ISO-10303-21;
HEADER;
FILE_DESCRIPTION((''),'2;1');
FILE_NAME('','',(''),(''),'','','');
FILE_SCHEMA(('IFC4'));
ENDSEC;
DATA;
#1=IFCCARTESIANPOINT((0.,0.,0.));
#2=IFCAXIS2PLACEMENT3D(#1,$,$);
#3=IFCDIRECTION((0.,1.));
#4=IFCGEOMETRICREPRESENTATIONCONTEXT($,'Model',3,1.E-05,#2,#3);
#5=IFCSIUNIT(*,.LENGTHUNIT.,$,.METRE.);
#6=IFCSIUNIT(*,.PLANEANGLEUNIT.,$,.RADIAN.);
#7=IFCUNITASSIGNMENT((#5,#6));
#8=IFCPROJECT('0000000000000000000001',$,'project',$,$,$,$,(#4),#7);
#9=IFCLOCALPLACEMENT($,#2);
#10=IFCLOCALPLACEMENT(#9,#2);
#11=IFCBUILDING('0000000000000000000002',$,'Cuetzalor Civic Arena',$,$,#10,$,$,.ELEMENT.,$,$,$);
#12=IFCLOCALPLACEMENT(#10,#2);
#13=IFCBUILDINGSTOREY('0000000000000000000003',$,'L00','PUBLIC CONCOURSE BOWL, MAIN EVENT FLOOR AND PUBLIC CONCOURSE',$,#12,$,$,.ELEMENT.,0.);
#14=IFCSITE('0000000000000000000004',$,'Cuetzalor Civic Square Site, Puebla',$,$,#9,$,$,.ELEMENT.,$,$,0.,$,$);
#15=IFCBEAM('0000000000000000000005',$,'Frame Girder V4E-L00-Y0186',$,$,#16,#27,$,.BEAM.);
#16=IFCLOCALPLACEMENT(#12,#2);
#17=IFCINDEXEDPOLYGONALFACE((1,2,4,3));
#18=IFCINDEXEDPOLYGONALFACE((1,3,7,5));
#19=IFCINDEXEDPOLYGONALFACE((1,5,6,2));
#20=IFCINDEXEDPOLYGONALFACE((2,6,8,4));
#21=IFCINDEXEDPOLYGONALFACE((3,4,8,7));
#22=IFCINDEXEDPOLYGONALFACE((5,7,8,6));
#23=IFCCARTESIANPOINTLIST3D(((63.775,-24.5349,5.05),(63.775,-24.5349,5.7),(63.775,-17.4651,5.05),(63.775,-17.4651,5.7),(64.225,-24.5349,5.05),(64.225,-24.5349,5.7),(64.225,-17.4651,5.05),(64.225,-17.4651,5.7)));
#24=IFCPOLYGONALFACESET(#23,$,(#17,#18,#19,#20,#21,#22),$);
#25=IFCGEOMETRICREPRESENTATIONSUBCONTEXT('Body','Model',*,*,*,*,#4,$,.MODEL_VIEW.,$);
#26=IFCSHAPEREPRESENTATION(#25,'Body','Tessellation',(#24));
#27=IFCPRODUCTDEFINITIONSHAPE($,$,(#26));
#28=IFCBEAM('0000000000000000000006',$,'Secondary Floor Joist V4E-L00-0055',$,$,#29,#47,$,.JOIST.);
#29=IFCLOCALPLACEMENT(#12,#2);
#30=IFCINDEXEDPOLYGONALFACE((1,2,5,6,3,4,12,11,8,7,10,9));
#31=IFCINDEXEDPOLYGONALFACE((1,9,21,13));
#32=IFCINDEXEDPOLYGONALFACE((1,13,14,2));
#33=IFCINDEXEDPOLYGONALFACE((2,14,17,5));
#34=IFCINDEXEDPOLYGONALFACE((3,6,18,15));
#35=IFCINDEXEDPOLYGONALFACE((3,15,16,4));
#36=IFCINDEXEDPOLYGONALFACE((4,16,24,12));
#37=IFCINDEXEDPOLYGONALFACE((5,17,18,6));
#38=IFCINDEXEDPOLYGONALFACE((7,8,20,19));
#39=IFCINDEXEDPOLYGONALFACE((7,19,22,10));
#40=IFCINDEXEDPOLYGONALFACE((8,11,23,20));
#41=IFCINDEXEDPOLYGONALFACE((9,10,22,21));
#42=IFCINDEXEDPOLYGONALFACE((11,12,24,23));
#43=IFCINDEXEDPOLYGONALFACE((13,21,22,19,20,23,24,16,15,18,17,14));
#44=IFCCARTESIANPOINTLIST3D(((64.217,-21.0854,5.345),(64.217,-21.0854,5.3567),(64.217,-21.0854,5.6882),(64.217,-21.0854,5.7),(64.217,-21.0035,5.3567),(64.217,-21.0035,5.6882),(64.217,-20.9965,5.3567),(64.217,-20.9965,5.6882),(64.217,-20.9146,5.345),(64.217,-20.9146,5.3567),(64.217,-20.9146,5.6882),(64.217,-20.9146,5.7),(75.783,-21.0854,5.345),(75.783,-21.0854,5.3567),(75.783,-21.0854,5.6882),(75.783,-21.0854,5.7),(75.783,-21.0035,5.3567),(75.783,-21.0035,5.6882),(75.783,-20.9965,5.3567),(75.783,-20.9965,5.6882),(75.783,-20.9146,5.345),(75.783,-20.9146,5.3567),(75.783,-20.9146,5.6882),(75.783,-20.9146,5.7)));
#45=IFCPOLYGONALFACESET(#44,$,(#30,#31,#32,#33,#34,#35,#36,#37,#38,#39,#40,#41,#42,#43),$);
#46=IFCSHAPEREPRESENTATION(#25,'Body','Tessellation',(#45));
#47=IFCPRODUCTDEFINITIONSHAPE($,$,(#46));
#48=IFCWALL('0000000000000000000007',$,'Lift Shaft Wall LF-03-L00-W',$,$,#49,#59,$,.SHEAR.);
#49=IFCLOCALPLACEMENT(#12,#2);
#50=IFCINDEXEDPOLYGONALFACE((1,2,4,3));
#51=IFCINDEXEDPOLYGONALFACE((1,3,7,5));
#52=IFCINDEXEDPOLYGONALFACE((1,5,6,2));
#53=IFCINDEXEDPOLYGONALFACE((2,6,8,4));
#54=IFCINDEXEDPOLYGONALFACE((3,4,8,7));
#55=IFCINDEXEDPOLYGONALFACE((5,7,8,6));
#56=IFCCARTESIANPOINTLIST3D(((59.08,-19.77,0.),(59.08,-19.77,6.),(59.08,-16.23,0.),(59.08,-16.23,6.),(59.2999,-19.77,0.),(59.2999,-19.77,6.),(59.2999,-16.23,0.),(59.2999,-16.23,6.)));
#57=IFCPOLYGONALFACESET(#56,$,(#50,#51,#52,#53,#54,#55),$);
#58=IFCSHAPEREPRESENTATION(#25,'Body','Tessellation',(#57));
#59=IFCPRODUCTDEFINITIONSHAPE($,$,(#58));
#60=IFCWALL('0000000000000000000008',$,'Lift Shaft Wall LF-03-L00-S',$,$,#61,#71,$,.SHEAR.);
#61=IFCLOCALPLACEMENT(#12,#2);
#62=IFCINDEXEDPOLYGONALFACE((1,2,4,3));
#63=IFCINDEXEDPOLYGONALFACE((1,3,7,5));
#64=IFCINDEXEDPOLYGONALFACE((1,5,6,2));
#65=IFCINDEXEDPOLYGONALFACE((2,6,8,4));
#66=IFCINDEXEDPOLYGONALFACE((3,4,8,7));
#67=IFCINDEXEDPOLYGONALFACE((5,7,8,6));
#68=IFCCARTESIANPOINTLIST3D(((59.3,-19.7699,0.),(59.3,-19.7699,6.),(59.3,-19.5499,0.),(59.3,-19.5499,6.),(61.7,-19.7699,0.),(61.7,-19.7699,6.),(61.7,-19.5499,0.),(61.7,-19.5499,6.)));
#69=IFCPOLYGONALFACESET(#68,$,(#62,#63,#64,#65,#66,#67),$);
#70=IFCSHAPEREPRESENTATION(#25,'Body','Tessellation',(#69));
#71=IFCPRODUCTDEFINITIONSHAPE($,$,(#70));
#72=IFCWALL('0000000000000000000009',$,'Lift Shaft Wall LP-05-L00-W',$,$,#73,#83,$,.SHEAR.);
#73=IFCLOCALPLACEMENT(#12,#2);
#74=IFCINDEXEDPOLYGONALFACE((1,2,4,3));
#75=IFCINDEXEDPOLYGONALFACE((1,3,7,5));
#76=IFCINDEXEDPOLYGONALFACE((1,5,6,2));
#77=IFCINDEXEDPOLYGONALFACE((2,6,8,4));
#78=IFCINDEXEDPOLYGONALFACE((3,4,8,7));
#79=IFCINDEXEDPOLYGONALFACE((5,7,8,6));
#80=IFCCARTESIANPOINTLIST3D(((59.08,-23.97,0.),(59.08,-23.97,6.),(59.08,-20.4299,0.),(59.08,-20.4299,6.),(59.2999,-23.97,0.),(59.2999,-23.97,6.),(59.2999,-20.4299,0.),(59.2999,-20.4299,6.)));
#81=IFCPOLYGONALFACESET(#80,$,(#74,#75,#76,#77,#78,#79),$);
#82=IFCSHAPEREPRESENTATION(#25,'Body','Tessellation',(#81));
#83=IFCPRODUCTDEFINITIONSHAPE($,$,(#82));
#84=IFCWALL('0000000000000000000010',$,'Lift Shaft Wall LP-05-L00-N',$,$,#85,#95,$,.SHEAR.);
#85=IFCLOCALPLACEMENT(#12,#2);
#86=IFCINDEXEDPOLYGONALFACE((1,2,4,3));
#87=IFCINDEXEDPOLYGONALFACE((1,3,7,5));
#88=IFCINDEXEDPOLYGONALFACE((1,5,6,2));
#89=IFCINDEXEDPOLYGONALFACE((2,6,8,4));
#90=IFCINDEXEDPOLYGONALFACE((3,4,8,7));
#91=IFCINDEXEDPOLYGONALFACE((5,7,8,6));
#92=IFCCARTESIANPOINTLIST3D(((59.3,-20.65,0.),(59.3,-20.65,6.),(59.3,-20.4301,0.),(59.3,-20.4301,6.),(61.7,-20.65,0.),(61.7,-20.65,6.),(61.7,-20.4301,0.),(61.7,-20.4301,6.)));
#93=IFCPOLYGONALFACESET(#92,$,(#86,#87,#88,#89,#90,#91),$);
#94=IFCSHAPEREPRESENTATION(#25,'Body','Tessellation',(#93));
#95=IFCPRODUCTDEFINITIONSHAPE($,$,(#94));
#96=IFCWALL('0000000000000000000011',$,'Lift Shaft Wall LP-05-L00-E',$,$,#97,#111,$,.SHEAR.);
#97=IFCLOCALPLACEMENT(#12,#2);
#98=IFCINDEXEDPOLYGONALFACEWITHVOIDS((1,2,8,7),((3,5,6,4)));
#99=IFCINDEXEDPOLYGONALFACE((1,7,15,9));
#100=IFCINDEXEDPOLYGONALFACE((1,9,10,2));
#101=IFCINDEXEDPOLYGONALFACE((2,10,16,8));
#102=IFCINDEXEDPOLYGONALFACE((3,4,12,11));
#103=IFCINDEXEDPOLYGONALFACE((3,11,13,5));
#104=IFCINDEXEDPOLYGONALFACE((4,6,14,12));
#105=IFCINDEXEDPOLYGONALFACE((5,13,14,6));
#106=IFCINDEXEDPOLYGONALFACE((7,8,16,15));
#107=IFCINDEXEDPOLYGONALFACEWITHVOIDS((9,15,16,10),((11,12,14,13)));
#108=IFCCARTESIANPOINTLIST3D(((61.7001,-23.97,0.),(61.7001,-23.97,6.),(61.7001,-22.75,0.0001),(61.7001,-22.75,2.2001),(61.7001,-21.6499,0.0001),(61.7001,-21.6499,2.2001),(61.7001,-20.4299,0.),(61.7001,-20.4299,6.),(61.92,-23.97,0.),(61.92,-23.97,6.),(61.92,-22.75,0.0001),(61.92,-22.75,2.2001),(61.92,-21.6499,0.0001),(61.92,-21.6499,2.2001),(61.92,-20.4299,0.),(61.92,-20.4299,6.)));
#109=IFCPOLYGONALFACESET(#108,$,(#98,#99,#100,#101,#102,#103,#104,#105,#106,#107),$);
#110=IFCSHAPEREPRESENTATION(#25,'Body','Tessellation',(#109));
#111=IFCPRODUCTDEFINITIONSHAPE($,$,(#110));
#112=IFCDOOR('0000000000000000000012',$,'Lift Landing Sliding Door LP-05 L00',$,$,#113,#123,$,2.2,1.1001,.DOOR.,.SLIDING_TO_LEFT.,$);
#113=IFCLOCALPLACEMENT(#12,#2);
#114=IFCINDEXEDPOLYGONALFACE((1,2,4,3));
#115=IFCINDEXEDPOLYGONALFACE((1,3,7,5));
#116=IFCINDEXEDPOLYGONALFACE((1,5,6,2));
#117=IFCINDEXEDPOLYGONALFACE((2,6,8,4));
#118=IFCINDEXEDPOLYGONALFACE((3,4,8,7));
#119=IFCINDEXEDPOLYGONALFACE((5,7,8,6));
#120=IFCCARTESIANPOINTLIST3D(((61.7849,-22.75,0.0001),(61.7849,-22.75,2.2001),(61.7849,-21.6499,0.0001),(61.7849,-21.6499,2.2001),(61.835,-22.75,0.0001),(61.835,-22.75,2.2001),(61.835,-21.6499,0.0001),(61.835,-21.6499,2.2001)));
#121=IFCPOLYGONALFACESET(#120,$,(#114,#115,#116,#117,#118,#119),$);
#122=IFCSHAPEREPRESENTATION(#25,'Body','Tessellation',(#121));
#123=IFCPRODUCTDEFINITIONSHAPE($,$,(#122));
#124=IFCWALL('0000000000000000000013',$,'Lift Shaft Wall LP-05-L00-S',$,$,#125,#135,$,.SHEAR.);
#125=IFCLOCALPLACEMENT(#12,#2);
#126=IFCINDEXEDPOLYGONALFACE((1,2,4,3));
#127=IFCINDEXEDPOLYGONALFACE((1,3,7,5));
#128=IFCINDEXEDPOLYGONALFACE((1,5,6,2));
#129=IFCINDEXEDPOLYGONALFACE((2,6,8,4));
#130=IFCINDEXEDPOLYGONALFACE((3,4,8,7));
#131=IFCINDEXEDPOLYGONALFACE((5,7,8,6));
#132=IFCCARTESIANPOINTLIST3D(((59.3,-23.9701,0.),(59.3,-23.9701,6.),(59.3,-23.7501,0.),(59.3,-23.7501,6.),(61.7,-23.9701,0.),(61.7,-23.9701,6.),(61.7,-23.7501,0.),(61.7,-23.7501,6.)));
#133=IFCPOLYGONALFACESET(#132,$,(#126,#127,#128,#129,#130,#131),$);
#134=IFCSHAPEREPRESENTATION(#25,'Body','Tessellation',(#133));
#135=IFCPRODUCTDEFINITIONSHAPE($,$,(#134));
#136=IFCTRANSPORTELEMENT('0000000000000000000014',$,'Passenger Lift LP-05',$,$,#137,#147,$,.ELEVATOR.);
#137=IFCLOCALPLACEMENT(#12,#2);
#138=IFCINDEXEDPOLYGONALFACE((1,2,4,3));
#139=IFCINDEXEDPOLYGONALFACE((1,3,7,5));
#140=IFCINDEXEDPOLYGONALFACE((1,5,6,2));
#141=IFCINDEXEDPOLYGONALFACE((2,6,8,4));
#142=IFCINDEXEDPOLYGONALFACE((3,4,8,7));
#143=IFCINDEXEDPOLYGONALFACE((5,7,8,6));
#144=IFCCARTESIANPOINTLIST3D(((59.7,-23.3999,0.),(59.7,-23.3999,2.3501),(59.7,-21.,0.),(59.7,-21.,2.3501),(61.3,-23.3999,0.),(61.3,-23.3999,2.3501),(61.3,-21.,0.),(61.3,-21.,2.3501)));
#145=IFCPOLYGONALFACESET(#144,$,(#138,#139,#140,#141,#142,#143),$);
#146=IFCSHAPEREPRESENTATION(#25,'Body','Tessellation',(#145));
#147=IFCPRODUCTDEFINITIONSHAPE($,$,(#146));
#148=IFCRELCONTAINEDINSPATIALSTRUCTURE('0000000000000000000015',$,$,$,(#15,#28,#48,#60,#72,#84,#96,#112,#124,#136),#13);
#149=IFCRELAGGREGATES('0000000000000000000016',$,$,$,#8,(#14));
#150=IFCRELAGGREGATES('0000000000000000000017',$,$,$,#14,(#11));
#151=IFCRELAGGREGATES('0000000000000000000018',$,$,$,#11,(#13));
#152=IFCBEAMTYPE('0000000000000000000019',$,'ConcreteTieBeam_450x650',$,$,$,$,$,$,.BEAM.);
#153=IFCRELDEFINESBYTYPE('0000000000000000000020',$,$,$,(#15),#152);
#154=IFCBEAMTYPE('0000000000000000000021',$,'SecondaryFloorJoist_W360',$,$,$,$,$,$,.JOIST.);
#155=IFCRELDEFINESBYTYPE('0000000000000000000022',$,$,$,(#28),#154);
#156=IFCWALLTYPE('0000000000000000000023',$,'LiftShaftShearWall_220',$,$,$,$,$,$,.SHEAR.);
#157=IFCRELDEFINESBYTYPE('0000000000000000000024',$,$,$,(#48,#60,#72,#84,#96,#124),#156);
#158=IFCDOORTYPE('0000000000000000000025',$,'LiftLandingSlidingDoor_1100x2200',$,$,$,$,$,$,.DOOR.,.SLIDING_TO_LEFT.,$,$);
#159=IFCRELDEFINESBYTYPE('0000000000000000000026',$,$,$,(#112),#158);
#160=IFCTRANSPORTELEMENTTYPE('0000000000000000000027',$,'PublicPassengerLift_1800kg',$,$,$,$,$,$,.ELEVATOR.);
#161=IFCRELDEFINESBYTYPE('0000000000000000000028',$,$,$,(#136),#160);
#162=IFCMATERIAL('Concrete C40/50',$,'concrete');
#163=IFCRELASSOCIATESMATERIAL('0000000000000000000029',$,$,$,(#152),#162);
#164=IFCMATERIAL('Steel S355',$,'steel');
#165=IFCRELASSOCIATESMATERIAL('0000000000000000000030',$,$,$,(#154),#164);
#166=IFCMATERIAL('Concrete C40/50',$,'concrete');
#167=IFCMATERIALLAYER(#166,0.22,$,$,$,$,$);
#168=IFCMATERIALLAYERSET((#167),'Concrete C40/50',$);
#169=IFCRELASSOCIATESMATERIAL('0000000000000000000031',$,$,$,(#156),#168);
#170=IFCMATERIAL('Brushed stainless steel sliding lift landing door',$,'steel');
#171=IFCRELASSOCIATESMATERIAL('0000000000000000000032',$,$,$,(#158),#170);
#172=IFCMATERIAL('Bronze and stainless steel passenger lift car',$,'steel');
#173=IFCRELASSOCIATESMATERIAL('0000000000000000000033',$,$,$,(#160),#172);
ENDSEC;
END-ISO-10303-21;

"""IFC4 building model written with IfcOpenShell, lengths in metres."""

from ifc_helpers import new_model, si_unit, direction, frame, frame_2d, origin, origin_2d, place, context, subcontext, project, spatial, rectangle, i_section, extrude, material, layer, layer_set, material_profile, profile_set, type_object, element, fill, save


model = new_model("IFC4")

# Units and contexts
model_context = context("Model", 3, precision=1e-05, world=origin(), true_north=direction((0.0, 1.0)))
body_context = subcontext(model_context, "Body", "Model", "MODEL_VIEW")
ifc_project = project(units=[si_unit("LENGTHUNIT", "METRE"), si_unit("PLANEANGLEUNIT", "RADIAN")], contexts=[model_context])

# Site, building, storey
site_placement = place(None, origin())
site = spatial("IfcSite", under=ifc_project, at=site_placement, Name="Cuetzalor Civic Square Site, Puebla", CompositionType="ELEMENT", RefElevation=0.0)
building_placement = place(site_placement, origin())
building = spatial("IfcBuilding", under=site, at=building_placement, Name="Cuetzalor Civic Arena", CompositionType="ELEMENT")
storey_placement = place(building_placement, origin())
storey = spatial("IfcBuildingStorey", under=building, at=storey_placement, Name="L00", Description="PUBLIC CONCOURSE BOWL, MAIN EVENT FLOOR AND PUBLIC CONCOURSE", CompositionType="ELEMENT", Elevation=0.0)

# Beams
ifc_material_1 = material(Name="Concrete C40/50", Category="concrete")
ifc_material_profile_1 = material_profile(ifc_material_1, rectangle(XDim=0.45, YDim=0.6499, at=origin_2d()), Name="RC 450x650")
ifc_profile_set_1 = profile_set([ifc_material_profile_1], Name="Concrete C40/50")
beam_type_1 = type_object("IfcBeamType", Name="ConcreteTieBeam_450x650", PredefinedType="BEAM", material=ifc_profile_set_1)
for number, where, z_axis, x_axis, name in (
    (1, (64.0, -24.5349, 5.375), (0.0, 1.0, 0.0), (-1.0, 0.0, 0.0), "Frame Girder V4E-L00-Y0186"),
):
    element("IfcBeam", number, at=place(storey_placement, frame(where, z_axis=z_axis, x_axis=x_axis)), inside=storey, type_object=beam_type_1, Name=name, PredefinedType="BEAM", context=body_context, shape_type="SweptSolid", body=[
        extrude(rectangle(XDim=0.45, YDim=0.6499, at=origin_2d()), origin(), (0.0, 0.0, 1.0), 7.0698),
    ])
ifc_material_2 = material(Name="Steel S355", Category="steel")
ifc_material_profile_2 = material_profile(ifc_material_2, i_section(OverallWidth=0.1709, OverallDepth=0.355, WebThickness=0.0071, FlangeThickness=0.0117, at=origin_2d()), Name="W360x51")
ifc_profile_set_2 = profile_set([ifc_material_profile_2], Name="Steel S355")
beam_type_2 = type_object("IfcBeamType", Name="SecondaryFloorJoist_W360", PredefinedType="JOIST", material=ifc_profile_set_2)
beam_1_placement = place(storey_placement, frame((64.217, -21.0, 5.5225), z_axis=(1.0, 0.0, 0.0), x_axis=(0.0, 1.0, 0.0)))
element("IfcBeam", 2, at=beam_1_placement, inside=storey, type_object=beam_type_2, Name="Secondary Floor Joist V4E-L00-0055", PredefinedType="JOIST", context=body_context, shape_type="SweptSolid", body=[
    extrude(i_section(OverallWidth=0.1709, OverallDepth=0.355, WebThickness=0.0071, FlangeThickness=0.0117, at=origin_2d()), origin(), (0.0, 0.0, 1.0), 11.5659),
])

# Walls
ifc_material_3 = material(Name="Concrete C40/50", Category="concrete")
ifc_layer = layer(ifc_material_3, 0.22)
ifc_layer_set = layer_set([ifc_layer], Name="Concrete C40/50")
wall_type = type_object("IfcWallType", Name="LiftShaftShearWall_220", PredefinedType="SHEAR", material=ifc_layer_set)
wall_1_placement = place(storey_placement, frame((59.1899, -19.77, 0.0), z_axis=(0.0, 0.0, 1.0), x_axis=(0.0, 1.0, 0.0)))
element("IfcWall", 3, at=wall_1_placement, inside=storey, type_object=wall_type, Name="Lift Shaft Wall LF-03-L00-W", PredefinedType="SHEAR", context=body_context, shape_type="SweptSolid", body=[
    extrude(rectangle(XDim=3.54, YDim=0.22, at=frame_2d((1.77, 0.0))), origin(), (0.0, 0.0, 1.0), 6.0),
])
wall_2_placement = place(storey_placement, frame((61.7, -19.6599, 0.0), z_axis=(0.0, 0.0, 1.0), x_axis=(-1.0, 0.0, 0.0)))
element("IfcWall", 4, at=wall_2_placement, inside=storey, type_object=wall_type, Name="Lift Shaft Wall LF-03-L00-S", PredefinedType="SHEAR", context=body_context, shape_type="SweptSolid", body=[
    extrude(rectangle(XDim=2.3999, YDim=0.22, at=frame_2d((1.2, 0.0))), origin(), (0.0, 0.0, 1.0), 6.0),
])
wall_3_placement = place(storey_placement, frame((59.1899, -23.97, 0.0), z_axis=(0.0, 0.0, 1.0), x_axis=(0.0, 1.0, 0.0)))
element("IfcWall", 5, at=wall_3_placement, inside=storey, type_object=wall_type, Name="Lift Shaft Wall LP-05-L00-W", PredefinedType="SHEAR", context=body_context, shape_type="SweptSolid", body=[
    extrude(rectangle(XDim=3.54, YDim=0.22, at=frame_2d((1.77, 0.0))), origin(), (0.0, 0.0, 1.0), 6.0),
])
wall_4_placement = place(storey_placement, frame((59.3, -20.54, 0.0), z_axis=(0.0, 0.0, 1.0), x_axis=(1.0, 0.0, 0.0)))
element("IfcWall", 6, at=wall_4_placement, inside=storey, type_object=wall_type, Name="Lift Shaft Wall LP-05-L00-N", PredefinedType="SHEAR", context=body_context, shape_type="SweptSolid", body=[
    extrude(rectangle(XDim=2.3999, YDim=0.22, at=frame_2d((1.2, 0.0))), origin(), (0.0, 0.0, 1.0), 6.0),
])

# Wall, opening, door
wall_5_placement = place(storey_placement, frame((61.8101, -20.4299, 0.0), z_axis=(0.0, 0.0, 1.0), x_axis=(0.0, -1.0, 0.0)))
wall_5 = element("IfcWall", 7, at=wall_5_placement, inside=storey, type_object=wall_type, Name="Lift Shaft Wall LP-05-L00-E", PredefinedType="SHEAR", context=body_context, shape_type="SweptSolid", body=[
    extrude(rectangle(XDim=3.54, YDim=0.22, at=frame_2d((1.77, 0.0))), origin(), (0.0, 0.0, 1.0), 6.0),
])
opening_placement = place(wall_5_placement, frame((1.22, 0.0, 0.0)))
opening = element("IfcOpeningElement", 8, at=opening_placement, cuts=wall_5, PredefinedType="OPENING", context=body_context, shape_type="SweptSolid", body=[
    extrude(rectangle(XDim=1.1001, YDim=2.2, at=frame_2d((0.55, 1.1001))), frame((0.0, 0.1201, 0.0), z_axis=(0.0, -1.0, 0.0), x_axis=(1.0, 0.0, 0.0)), (0.0, 0.0, 1.0), 0.24),
])
ifc_material_4 = material(Name="Brushed stainless steel sliding lift landing door", Category="steel")
door_type = type_object("IfcDoorType", Name="LiftLandingSlidingDoor_1100x2200", OperationType="SLIDING_TO_LEFT", PredefinedType="DOOR", material=ifc_material_4)
door_placement = place(opening_placement, origin())
door = element("IfcDoor", 9, at=door_placement, inside=storey, type_object=door_type, Name="Lift Landing Sliding Door LP-05 L00", OperationType="SLIDING_TO_LEFT", OverallHeight=2.2, OverallWidth=1.1001, PredefinedType="DOOR", context=body_context, shape_type="SweptSolid", body=[
    extrude(rectangle(XDim=1.1001, YDim=2.2, at=frame_2d((0.55, 1.1001))), frame((0.0, 0.0249, 0.0), z_axis=(0.0, -1.0, 0.0), x_axis=(1.0, 0.0, 0.0)), (0.0, 0.0, 1.0), 0.05),
])
fill(opening, door)

# Wall
wall_6_placement = place(storey_placement, frame((61.7, -23.8601, 0.0), z_axis=(0.0, 0.0, 1.0), x_axis=(-1.0, 0.0, 0.0)))
element("IfcWall", 10, at=wall_6_placement, inside=storey, type_object=wall_type, Name="Lift Shaft Wall LP-05-L00-S", PredefinedType="SHEAR", context=body_context, shape_type="SweptSolid", body=[
    extrude(rectangle(XDim=2.3999, YDim=0.22, at=frame_2d((1.2, 0.0))), origin(), (0.0, 0.0, 1.0), 6.0),
])

# Transport element
ifc_material_5 = material(Name="Bronze and stainless steel passenger lift car", Category="steel")
transport_element_type = type_object("IfcTransportElementType", Name="PublicPassengerLift_1800kg", PredefinedType="ELEVATOR", material=ifc_material_5)
transport_element_placement = place(storey_placement, frame((60.5, -22.2, 0.0), z_axis=(0.0, 0.0, 1.0), x_axis=(1.0, 0.0, 0.0)))
element("IfcTransportElement", 11, at=transport_element_placement, inside=storey, type_object=transport_element_type, Name="Passenger Lift LP-05", PredefinedType="ELEVATOR", context=body_context, shape_type="SweptSolid", body=[
    extrude(rectangle(XDim=1.6001, YDim=2.3999, at=origin_2d()), origin(), (0.0, 0.0, 1.0), 2.3501),
])

save(model, "model.ifc")
